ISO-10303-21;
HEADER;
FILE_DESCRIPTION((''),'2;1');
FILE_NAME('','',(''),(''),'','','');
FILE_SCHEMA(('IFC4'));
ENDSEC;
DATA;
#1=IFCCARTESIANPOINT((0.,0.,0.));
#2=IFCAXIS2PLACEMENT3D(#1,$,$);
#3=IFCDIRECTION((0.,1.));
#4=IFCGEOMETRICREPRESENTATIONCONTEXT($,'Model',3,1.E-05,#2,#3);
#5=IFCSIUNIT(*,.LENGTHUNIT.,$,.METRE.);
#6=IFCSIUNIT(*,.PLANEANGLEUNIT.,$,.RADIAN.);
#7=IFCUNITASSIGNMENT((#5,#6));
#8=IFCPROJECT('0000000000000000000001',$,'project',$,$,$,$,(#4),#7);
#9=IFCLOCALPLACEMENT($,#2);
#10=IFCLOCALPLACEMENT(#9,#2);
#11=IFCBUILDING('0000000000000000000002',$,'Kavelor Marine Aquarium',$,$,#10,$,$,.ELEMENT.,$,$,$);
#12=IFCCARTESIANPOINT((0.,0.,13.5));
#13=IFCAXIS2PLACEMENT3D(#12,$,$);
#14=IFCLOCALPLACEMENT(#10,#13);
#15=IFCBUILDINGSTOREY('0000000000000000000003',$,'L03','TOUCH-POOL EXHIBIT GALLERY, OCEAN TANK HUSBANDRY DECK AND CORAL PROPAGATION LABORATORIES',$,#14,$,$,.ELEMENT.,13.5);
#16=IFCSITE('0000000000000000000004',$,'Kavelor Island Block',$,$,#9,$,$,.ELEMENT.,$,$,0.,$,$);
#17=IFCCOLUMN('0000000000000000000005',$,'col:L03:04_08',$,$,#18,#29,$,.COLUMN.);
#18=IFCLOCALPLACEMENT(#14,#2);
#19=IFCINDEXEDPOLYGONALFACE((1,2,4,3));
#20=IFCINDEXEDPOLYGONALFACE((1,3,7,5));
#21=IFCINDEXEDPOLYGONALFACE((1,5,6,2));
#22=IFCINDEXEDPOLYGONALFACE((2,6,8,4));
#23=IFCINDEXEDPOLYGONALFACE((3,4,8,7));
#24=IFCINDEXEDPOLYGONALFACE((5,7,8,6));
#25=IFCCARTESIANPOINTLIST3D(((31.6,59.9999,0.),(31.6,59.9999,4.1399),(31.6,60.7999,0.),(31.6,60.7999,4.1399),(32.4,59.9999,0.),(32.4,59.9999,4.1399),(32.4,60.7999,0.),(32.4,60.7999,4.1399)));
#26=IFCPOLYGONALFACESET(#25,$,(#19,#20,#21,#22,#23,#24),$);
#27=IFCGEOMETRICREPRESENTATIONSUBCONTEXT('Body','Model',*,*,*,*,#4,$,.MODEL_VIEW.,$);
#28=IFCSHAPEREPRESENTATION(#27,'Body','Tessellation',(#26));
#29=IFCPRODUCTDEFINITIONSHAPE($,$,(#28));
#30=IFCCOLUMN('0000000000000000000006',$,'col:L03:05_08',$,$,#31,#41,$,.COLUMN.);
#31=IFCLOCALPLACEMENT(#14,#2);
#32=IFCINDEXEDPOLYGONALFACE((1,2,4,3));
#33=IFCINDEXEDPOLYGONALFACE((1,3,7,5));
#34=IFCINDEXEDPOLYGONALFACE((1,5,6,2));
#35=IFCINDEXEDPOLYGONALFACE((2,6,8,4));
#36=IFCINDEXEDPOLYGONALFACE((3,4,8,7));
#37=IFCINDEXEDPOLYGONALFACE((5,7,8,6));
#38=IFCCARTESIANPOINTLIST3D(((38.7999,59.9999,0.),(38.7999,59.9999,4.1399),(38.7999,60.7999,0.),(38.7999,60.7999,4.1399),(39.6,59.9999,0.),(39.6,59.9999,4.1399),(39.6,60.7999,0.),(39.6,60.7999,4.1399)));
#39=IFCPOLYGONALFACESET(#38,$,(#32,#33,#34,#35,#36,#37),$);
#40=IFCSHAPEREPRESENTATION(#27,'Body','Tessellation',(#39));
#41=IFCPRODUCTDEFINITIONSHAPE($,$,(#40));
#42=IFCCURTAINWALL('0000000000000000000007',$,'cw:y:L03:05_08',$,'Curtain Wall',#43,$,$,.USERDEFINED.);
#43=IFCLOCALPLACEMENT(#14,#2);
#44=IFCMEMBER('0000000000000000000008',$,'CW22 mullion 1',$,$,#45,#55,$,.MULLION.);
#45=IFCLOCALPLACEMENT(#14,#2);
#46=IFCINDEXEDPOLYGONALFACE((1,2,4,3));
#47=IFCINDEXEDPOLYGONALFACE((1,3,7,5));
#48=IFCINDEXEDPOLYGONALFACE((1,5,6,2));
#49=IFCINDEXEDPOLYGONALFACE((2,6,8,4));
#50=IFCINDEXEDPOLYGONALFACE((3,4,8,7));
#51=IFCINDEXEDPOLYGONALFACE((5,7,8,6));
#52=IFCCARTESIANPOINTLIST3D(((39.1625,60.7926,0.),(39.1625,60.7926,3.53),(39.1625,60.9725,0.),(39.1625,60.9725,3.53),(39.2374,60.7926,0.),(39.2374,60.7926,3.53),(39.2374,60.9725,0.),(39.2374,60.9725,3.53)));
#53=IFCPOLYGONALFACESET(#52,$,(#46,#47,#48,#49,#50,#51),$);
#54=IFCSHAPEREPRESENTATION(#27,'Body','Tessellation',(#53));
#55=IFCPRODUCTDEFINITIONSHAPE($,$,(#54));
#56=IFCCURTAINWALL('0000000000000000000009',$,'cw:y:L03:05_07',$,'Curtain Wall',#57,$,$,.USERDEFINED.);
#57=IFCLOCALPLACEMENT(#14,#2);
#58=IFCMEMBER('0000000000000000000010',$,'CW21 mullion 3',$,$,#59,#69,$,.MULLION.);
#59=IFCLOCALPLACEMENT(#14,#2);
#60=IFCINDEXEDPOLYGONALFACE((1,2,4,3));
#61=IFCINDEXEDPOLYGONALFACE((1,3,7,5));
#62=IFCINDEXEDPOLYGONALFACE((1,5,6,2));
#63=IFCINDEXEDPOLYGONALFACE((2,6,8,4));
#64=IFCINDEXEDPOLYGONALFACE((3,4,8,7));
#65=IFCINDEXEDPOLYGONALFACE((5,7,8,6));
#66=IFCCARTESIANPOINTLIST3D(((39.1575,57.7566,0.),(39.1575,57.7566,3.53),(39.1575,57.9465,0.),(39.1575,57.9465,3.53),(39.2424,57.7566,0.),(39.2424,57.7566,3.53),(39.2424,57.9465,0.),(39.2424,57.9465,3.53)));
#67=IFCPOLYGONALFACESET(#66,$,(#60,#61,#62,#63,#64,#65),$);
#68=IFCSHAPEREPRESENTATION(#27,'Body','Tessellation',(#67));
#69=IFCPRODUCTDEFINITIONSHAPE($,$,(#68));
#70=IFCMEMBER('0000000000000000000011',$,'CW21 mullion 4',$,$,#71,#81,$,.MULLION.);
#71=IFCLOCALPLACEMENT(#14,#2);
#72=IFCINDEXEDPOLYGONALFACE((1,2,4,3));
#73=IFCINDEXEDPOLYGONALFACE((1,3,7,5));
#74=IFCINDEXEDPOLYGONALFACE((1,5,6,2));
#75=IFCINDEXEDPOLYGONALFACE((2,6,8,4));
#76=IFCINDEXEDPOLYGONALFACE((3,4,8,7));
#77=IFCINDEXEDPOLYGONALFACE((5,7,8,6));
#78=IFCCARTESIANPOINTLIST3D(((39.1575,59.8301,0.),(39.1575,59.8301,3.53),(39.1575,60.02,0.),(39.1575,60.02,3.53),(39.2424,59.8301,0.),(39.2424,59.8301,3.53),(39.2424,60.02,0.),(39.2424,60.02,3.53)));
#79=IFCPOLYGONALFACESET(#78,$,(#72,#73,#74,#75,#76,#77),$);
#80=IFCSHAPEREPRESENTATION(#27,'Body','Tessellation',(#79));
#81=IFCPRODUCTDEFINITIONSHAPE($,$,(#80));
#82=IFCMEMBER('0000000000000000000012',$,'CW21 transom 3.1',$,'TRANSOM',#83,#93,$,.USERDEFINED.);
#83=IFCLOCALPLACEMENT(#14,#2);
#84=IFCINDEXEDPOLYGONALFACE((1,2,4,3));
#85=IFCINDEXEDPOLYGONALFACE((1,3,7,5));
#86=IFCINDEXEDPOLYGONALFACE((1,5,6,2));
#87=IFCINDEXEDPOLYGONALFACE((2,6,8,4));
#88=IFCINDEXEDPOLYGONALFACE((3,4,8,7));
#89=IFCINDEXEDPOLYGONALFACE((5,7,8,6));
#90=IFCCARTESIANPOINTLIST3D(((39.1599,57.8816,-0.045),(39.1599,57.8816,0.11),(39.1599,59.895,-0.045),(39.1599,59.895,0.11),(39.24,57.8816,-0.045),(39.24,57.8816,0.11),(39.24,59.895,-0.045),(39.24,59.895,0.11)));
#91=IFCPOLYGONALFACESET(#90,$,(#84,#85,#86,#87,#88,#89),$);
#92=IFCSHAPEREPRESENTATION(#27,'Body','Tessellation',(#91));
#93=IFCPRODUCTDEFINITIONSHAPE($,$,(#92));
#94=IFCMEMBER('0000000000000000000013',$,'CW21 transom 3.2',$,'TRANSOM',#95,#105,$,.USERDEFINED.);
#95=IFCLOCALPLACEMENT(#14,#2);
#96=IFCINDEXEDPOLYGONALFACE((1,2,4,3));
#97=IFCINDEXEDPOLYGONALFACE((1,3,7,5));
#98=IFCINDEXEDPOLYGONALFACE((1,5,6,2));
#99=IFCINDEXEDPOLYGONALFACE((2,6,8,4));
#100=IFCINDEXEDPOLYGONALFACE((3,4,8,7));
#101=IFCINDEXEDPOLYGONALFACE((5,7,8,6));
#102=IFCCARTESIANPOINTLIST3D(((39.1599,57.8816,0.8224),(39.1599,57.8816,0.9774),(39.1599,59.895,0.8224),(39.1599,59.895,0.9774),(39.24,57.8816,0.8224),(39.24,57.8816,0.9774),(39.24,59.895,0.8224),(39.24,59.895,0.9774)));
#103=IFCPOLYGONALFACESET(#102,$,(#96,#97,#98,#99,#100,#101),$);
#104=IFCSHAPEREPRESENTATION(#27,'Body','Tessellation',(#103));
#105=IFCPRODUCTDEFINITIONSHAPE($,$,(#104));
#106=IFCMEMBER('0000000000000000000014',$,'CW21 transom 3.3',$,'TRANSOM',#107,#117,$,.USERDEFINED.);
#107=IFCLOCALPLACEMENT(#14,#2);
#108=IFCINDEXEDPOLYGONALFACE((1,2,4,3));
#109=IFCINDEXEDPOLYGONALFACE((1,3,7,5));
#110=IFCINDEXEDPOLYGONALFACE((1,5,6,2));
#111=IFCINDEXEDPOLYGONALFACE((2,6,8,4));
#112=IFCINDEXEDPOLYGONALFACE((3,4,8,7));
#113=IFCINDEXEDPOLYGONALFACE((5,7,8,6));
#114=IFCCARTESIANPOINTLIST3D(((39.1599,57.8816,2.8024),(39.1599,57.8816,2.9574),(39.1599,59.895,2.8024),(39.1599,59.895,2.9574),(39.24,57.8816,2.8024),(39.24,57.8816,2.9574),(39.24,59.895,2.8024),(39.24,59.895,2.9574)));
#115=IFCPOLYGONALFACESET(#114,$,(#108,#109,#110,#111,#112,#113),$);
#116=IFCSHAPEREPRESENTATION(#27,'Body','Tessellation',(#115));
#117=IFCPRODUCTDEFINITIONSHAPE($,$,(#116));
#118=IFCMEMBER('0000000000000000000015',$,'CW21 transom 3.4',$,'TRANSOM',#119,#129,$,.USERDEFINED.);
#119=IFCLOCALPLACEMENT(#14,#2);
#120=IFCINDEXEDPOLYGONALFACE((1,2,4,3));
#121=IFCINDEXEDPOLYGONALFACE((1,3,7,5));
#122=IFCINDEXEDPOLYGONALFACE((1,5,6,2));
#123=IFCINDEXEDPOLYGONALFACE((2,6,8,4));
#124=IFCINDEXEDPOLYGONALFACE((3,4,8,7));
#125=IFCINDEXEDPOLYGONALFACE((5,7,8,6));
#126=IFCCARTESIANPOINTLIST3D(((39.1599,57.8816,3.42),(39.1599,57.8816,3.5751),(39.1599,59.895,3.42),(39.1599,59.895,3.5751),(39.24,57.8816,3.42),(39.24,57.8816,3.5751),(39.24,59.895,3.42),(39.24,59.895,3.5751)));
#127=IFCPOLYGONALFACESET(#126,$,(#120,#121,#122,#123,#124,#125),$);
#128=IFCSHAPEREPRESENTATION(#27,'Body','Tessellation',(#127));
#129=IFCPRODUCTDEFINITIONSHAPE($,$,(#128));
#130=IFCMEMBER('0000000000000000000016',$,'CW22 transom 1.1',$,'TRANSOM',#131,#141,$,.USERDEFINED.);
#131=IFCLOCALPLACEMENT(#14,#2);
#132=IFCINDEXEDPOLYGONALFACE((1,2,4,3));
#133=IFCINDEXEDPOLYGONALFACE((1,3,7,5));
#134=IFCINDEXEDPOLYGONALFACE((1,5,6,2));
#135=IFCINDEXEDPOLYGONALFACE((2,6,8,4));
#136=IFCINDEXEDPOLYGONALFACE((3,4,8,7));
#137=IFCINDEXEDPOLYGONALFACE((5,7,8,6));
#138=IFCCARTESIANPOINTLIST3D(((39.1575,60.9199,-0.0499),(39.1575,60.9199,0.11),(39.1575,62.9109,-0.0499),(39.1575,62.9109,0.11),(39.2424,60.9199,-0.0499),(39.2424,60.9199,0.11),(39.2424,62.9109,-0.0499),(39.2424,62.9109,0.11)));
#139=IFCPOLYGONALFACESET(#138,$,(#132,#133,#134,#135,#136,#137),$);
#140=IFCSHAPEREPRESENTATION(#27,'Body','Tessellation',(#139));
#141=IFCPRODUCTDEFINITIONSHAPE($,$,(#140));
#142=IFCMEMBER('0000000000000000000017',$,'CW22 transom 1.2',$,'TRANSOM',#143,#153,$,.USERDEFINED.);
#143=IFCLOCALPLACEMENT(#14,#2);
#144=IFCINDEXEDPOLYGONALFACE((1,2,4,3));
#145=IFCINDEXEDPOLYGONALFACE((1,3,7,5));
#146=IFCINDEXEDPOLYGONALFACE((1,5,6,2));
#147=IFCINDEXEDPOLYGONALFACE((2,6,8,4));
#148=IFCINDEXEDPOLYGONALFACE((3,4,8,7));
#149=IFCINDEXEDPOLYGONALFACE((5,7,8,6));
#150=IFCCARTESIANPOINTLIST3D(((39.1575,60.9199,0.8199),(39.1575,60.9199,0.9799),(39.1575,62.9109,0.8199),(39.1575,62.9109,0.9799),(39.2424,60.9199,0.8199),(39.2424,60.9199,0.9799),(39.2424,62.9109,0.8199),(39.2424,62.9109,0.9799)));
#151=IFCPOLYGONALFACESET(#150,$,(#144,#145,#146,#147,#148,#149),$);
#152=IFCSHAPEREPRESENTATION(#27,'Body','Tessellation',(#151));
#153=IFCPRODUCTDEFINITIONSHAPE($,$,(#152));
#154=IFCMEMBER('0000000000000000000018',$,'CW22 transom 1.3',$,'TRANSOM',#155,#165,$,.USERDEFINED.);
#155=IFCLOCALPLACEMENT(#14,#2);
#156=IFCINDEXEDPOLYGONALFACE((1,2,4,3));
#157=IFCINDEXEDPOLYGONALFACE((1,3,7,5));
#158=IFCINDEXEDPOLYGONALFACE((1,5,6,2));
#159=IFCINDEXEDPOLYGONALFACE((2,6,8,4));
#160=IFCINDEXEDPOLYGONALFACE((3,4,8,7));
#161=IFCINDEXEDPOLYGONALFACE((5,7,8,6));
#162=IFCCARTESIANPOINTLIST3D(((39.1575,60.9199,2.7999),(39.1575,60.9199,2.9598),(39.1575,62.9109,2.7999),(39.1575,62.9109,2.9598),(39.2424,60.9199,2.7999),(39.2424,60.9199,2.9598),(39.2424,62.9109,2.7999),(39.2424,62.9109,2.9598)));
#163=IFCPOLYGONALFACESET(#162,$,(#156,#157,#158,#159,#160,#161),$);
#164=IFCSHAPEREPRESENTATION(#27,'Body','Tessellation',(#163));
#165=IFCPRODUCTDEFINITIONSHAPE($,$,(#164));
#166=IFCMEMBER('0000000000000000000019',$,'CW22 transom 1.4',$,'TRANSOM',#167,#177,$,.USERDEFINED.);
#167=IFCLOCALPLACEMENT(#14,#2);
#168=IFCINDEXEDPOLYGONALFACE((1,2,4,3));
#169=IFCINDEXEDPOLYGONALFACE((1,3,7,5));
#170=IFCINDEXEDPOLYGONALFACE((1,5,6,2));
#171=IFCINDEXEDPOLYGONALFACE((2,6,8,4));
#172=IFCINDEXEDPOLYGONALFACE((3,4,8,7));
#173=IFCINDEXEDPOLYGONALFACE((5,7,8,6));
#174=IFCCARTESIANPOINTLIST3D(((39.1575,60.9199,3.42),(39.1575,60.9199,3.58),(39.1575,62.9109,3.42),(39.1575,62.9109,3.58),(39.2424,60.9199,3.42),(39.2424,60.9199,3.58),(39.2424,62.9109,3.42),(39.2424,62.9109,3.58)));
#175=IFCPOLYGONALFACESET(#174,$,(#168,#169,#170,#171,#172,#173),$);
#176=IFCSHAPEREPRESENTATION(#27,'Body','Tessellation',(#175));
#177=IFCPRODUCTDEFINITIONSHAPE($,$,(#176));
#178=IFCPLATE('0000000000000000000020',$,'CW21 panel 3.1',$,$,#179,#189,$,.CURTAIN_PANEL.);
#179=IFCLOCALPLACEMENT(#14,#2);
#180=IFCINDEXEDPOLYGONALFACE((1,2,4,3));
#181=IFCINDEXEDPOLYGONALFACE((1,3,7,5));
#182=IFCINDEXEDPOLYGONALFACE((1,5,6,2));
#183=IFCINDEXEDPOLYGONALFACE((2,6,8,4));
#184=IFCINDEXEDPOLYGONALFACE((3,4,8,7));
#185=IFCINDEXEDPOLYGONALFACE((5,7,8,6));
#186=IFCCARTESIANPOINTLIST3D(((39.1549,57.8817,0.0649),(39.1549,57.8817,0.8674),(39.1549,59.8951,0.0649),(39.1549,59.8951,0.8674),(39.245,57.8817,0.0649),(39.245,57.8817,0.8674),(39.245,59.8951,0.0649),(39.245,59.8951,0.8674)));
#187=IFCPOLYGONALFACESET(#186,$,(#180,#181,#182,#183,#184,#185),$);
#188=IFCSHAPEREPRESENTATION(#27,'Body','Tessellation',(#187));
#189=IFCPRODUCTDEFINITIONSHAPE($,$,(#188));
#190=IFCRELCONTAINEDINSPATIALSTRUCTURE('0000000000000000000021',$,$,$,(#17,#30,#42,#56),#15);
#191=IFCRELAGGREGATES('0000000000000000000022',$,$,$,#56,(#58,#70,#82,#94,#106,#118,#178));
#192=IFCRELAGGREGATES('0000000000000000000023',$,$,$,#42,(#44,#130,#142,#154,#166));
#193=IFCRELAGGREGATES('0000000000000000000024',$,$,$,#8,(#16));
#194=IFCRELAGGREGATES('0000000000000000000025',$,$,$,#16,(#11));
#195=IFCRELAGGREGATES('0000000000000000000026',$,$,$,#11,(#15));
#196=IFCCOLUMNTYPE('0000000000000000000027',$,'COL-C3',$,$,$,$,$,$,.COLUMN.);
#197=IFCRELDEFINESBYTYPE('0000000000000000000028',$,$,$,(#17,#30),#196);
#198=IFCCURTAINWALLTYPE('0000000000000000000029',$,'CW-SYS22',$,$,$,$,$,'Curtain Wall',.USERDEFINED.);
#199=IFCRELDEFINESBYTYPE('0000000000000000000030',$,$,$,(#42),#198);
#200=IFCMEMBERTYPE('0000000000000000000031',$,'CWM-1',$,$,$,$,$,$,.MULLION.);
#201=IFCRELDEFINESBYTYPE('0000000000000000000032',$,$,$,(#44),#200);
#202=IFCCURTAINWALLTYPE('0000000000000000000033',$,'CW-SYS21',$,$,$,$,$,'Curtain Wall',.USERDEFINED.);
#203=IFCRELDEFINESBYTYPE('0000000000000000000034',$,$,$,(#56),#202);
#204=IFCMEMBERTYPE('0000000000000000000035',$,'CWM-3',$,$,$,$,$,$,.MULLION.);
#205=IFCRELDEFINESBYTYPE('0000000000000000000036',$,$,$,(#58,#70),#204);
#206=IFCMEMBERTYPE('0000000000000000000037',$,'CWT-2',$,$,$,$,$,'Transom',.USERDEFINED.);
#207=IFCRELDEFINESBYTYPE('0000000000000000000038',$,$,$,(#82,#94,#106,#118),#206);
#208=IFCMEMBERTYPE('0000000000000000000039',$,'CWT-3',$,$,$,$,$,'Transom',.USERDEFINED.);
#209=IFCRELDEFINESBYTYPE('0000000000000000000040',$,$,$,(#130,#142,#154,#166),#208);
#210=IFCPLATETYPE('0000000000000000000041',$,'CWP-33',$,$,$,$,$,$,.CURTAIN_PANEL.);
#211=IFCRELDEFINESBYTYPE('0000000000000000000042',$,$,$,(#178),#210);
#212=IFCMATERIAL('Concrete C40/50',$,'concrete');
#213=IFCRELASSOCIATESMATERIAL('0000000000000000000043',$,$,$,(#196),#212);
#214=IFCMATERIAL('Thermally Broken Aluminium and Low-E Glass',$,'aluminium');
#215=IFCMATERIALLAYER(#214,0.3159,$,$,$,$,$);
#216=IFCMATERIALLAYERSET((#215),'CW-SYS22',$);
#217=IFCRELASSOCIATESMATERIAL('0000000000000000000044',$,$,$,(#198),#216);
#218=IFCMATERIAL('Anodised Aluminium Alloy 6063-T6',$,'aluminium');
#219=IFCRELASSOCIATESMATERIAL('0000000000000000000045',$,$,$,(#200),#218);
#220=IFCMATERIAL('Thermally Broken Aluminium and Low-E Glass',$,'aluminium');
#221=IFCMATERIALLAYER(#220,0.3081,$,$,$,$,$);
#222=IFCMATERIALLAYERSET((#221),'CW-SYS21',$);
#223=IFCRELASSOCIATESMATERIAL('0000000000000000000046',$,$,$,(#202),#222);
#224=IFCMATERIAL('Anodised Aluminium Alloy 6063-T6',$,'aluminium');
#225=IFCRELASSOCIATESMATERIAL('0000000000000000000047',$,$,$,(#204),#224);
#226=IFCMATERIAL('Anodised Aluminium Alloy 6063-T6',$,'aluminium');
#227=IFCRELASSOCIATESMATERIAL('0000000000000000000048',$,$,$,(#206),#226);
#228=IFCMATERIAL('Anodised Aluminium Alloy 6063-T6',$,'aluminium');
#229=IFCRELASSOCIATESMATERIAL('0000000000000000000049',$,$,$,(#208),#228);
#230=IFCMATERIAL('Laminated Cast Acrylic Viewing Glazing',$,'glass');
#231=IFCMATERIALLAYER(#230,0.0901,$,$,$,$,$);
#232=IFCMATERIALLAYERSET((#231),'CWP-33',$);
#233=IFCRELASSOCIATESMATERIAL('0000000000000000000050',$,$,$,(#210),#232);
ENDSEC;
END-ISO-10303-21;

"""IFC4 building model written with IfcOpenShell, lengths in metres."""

from ifc_helpers import new_model, si_unit, direction, frame, origin, origin_2d, place, context, subcontext, project, spatial, rectangle, extrude, material, layer, layer_set, material_profile, profile_set, type_object, element, aggregate, save


model = new_model("IFC4")

# Units and contexts
model_context = context("Model", 3, precision=1e-05, world=origin(), true_north=direction((0.0, 1.0)))
body_context = subcontext(model_context, "Body", "Model", "MODEL_VIEW")
ifc_project = project(units=[si_unit("LENGTHUNIT", "METRE"), si_unit("PLANEANGLEUNIT", "RADIAN")], contexts=[model_context])

# Site, building, storey
site_placement = place(None, origin())
site = spatial("IfcSite", under=ifc_project, at=site_placement, Name="Kavelor Island Block", CompositionType="ELEMENT", RefElevation=0.0)
building_placement = place(site_placement, origin())
building = spatial("IfcBuilding", under=site, at=building_placement, Name="Kavelor Marine Aquarium", CompositionType="ELEMENT")
storey_placement = place(building_placement, frame((0.0, 0.0, 13.5)))
storey = spatial("IfcBuildingStorey", under=building, at=storey_placement, Name="L03", Description="TOUCH-POOL EXHIBIT GALLERY, OCEAN TANK HUSBANDRY DECK AND CORAL PROPAGATION LABORATORIES", CompositionType="ELEMENT", Elevation=13.5)

# Columns
ifc_material_1 = material(Name="Concrete C40/50", Category="concrete")
ifc_material_profile_1 = material_profile(ifc_material_1, rectangle(XDim=0.8, YDim=0.8, at=origin_2d()), Name="RC-COL 800x800")
ifc_profile_set_1 = profile_set([ifc_material_profile_1], Name="Concrete C40/50")
column_type = type_object("IfcColumnType", Name="COL-C3", PredefinedType="COLUMN", material=ifc_profile_set_1)
for number, where, z_axis, x_axis, name in (
    (1, (32.0, 60.3999, 0.0), (0.0, 0.0, 1.0), (1.0, 0.0, 0.0), "col:L03:04_08"),
    (2, (39.2, 60.3999, 0.0), (0.0, 0.0, 1.0), (1.0, 0.0, 0.0), "col:L03:05_08"),
):
    element("IfcColumn", number, at=place(storey_placement, frame(where, z_axis=z_axis, x_axis=x_axis)), inside=storey, type_object=column_type, Name=name, PredefinedType="COLUMN", context=body_context, shape_type="SweptSolid", body=[
        extrude(rectangle(XDim=0.8, YDim=0.8, at=origin_2d()), origin(), (0.0, 0.0, 1.0), 4.1399),
    ])

# Curtain wall, member
ifc_material_2 = material(Name="Thermally Broken Aluminium and Low-E Glass", Category="aluminium")
ifc_layer_1 = layer(ifc_material_2, 0.3159)
ifc_layer_set_1 = layer_set([ifc_layer_1], Name="CW-SYS22")
curtain_wall_type_1 = type_object("IfcCurtainWallType", Name="CW-SYS22", ElementType="Curtain Wall", PredefinedType="USERDEFINED", material=ifc_layer_set_1)
curtain_wall_1_placement = place(storey_placement, origin())
curtain_wall_1 = element("IfcCurtainWall", 3, at=curtain_wall_1_placement, inside=storey, type_object=curtain_wall_type_1, Name="cw:y:L03:05_08", ObjectType="Curtain Wall", PredefinedType="USERDEFINED")
ifc_material_3 = material(Name="Anodised Aluminium Alloy 6063-T6", Category="aluminium")
ifc_material_profile_2 = material_profile(ifc_material_3, rectangle(XDim=0.075, YDim=0.1799, at=origin_2d()), Name="CW-MUL 75x180")
ifc_profile_set_2 = profile_set([ifc_material_profile_2], Name="Anodised Aluminium Alloy 6063-T6")
member_type_1 = type_object("IfcMemberType", Name="CWM-1", PredefinedType="MULLION", material=ifc_profile_set_2)
member_1_placement = place(storey_placement, frame((39.2, 60.8826, 0.0), z_axis=(0.0, 0.0, 1.0), x_axis=(-1.0, 0.0, 0.0)))
member_1 = element("IfcMember", 4, at=member_1_placement, type_object=member_type_1, Name="CW22 mullion 1", PredefinedType="MULLION", context=body_context, shape_type="SweptSolid", body=[
    extrude(rectangle(XDim=0.075, YDim=0.1799, at=origin_2d()), origin(), (0.0, 0.0, 1.0), 3.53),
])

# Curtain wall, members
ifc_material_4 = material(Name="Thermally Broken Aluminium and Low-E Glass", Category="aluminium")
ifc_layer_2 = layer(ifc_material_4, 0.3081)
ifc_layer_set_2 = layer_set([ifc_layer_2], Name="CW-SYS21")
curtain_wall_type_2 = type_object("IfcCurtainWallType", Name="CW-SYS21", ElementType="Curtain Wall", PredefinedType="USERDEFINED", material=ifc_layer_set_2)
curtain_wall_2_placement = place(storey_placement, origin())
curtain_wall_2 = element("IfcCurtainWall", 5, at=curtain_wall_2_placement, inside=storey, type_object=curtain_wall_type_2, Name="cw:y:L03:05_07", ObjectType="Curtain Wall", PredefinedType="USERDEFINED")
ifc_material_5 = material(Name="Anodised Aluminium Alloy 6063-T6", Category="aluminium")
ifc_material_profile_3 = material_profile(ifc_material_5, rectangle(XDim=0.085, YDim=0.1899, at=origin_2d()), Name="CW-MUL 85x190")
ifc_profile_set_3 = profile_set([ifc_material_profile_3], Name="Anodised Aluminium Alloy 6063-T6")
member_type_2 = type_object("IfcMemberType", Name="CWM-3", PredefinedType="MULLION", material=ifc_profile_set_3)
member_2_placement = place(storey_placement, frame((39.2, 57.8516, 0.0), z_axis=(0.0, 0.0, 1.0), x_axis=(-1.0, 0.0, 0.0)))
member_2 = element("IfcMember", 6, at=member_2_placement, type_object=member_type_2, Name="CW21 mullion 3", PredefinedType="MULLION", context=body_context, shape_type="SweptSolid", body=[
    extrude(rectangle(XDim=0.085, YDim=0.1899, at=origin_2d()), origin(), (0.0, 0.0, 1.0), 3.53),
])
member_3_placement = place(storey_placement, frame((39.2, 59.925, 0.0), z_axis=(0.0, 0.0, 1.0), x_axis=(-1.0, 0.0, 0.0)))
member_3 = element("IfcMember", 7, at=member_3_placement, type_object=member_type_2, Name="CW21 mullion 4", PredefinedType="MULLION", context=body_context, shape_type="SweptSolid", body=[
    extrude(rectangle(XDim=0.085, YDim=0.1899, at=origin_2d()), origin(), (0.0, 0.0, 1.0), 3.53),
])
ifc_material_6 = material(Name="Anodised Aluminium Alloy 6063-T6", Category="aluminium")
ifc_material_profile_4 = material_profile(ifc_material_6, rectangle(XDim=0.0801, YDim=0.155, at=origin_2d()), Name="CW-TRN 80x155")
ifc_profile_set_4 = profile_set([ifc_material_profile_4], Name="Anodised Aluminium Alloy 6063-T6")
member_type_3 = type_object("IfcMemberType", Name="CWT-2", ElementType="Transom", PredefinedType="USERDEFINED", material=ifc_profile_set_4)
member_4_placement = place(storey_placement, frame((39.2, 57.8816, 0.0325), z_axis=(0.0, 1.0, 0.0), x_axis=(-1.0, 0.0, 0.0)))
member_4 = element("IfcMember", 8, at=member_4_placement, type_object=member_type_3, Name="CW21 transom 3.1", ObjectType="TRANSOM", PredefinedType="USERDEFINED", context=body_context, shape_type="SweptSolid", body=[
    extrude(rectangle(XDim=0.0801, YDim=0.155, at=origin_2d()), origin(), (0.0, 0.0, 1.0), 2.0134),
])
member_5_placement = place(storey_placement, frame((39.2, 57.8816, 0.8999), z_axis=(0.0, 1.0, 0.0), x_axis=(-1.0, 0.0, 0.0)))
member_5 = element("IfcMember", 9, at=member_5_placement, type_object=member_type_3, Name="CW21 transom 3.2", ObjectType="TRANSOM", PredefinedType="USERDEFINED", context=body_context, shape_type="SweptSolid", body=[
    extrude(rectangle(XDim=0.0801, YDim=0.155, at=origin_2d()), origin(), (0.0, 0.0, 1.0), 2.0134),
])
member_6_placement = place(storey_placement, frame((39.2, 57.8816, 2.8799), z_axis=(0.0, 1.0, 0.0), x_axis=(-1.0, 0.0, 0.0)))
member_6 = element("IfcMember", 10, at=member_6_placement, type_object=member_type_3, Name="CW21 transom 3.3", ObjectType="TRANSOM", PredefinedType="USERDEFINED", context=body_context, shape_type="SweptSolid", body=[
    extrude(rectangle(XDim=0.0801, YDim=0.155, at=origin_2d()), origin(), (0.0, 0.0, 1.0), 2.0134),
])
member_7_placement = place(storey_placement, frame((39.2, 57.8816, 3.4976), z_axis=(0.0, 1.0, 0.0), x_axis=(-1.0, 0.0, 0.0)))
member_7 = element("IfcMember", 11, at=member_7_placement, type_object=member_type_3, Name="CW21 transom 3.4", ObjectType="TRANSOM", PredefinedType="USERDEFINED", context=body_context, shape_type="SweptSolid", body=[
    extrude(rectangle(XDim=0.0801, YDim=0.155, at=origin_2d()), origin(), (0.0, 0.0, 1.0), 2.0134),
])

# Members
ifc_material_7 = material(Name="Anodised Aluminium Alloy 6063-T6", Category="aluminium")
ifc_material_profile_5 = material_profile(ifc_material_7, rectangle(XDim=0.085, YDim=0.1599, at=origin_2d()), Name="CW-TRN 85x160")
ifc_profile_set_5 = profile_set([ifc_material_profile_5], Name="Anodised Aluminium Alloy 6063-T6")
member_type_4 = type_object("IfcMemberType", Name="CWT-3", ElementType="Transom", PredefinedType="USERDEFINED", material=ifc_profile_set_5)
member_8_placement = place(storey_placement, frame((39.2, 60.9199, 0.03), z_axis=(0.0, 1.0, 0.0), x_axis=(-1.0, 0.0, 0.0)))
member_8 = element("IfcMember", 12, at=member_8_placement, type_object=member_type_4, Name="CW22 transom 1.1", ObjectType="TRANSOM", PredefinedType="USERDEFINED", context=body_context, shape_type="SweptSolid", body=[
    extrude(rectangle(XDim=0.085, YDim=0.1599, at=origin_2d()), origin(), (0.0, 0.0, 1.0), 1.991),
])
member_9_placement = place(storey_placement, frame((39.2, 60.9199, 0.8999), z_axis=(0.0, 1.0, 0.0), x_axis=(-1.0, 0.0, 0.0)))
member_9 = element("IfcMember", 13, at=member_9_placement, type_object=member_type_4, Name="CW22 transom 1.2", ObjectType="TRANSOM", PredefinedType="USERDEFINED", context=body_context, shape_type="SweptSolid", body=[
    extrude(rectangle(XDim=0.085, YDim=0.1599, at=origin_2d()), origin(), (0.0, 0.0, 1.0), 1.991),
])
member_10_placement = place(storey_placement, frame((39.2, 60.9199, 2.8799), z_axis=(0.0, 1.0, 0.0), x_axis=(-1.0, 0.0, 0.0)))
member_10 = element("IfcMember", 14, at=member_10_placement, type_object=member_type_4, Name="CW22 transom 1.3", ObjectType="TRANSOM", PredefinedType="USERDEFINED", context=body_context, shape_type="SweptSolid", body=[
    extrude(rectangle(XDim=0.085, YDim=0.1599, at=origin_2d()), origin(), (0.0, 0.0, 1.0), 1.991),
])
member_11_placement = place(storey_placement, frame((39.2, 60.9199, 3.5), z_axis=(0.0, 1.0, 0.0), x_axis=(-1.0, 0.0, 0.0)))
member_11 = element("IfcMember", 15, at=member_11_placement, type_object=member_type_4, Name="CW22 transom 1.4", ObjectType="TRANSOM", PredefinedType="USERDEFINED", context=body_context, shape_type="SweptSolid", body=[
    extrude(rectangle(XDim=0.085, YDim=0.1599, at=origin_2d()), origin(), (0.0, 0.0, 1.0), 1.991),
])

# Plate
ifc_material_8 = material(Name="Laminated Cast Acrylic Viewing Glazing", Category="glass")
ifc_layer_3 = layer(ifc_material_8, 0.0901)
ifc_layer_set_3 = layer_set([ifc_layer_3], Name="CWP-33")
plate_type_1 = type_object("IfcPlateType", Name="CWP-33", PredefinedType="CURTAIN_PANEL", material=ifc_layer_set_3)
plate_1_placement = place(storey_placement, frame((39.2, 58.8884, 0.0649), z_axis=(0.0, 0.0, 1.0), x_axis=(0.0, 1.0, 0.0)))
plate_1 = element("IfcPlate", 16, at=plate_1_placement, type_object=plate_type_1, Name="CW21 panel 3.1", PredefinedType="CURTAIN_PANEL", context=body_context, shape_type="SweptSolid", body=[
    extrude(rectangle(XDim=2.0134, YDim=0.0901, at=origin_2d()), origin(), (0.0, 0.0, 1.0), 0.8025),
])
aggregate(curtain_wall_2, [member_2, member_3, member_4, member_5, member_6, member_7, plate_1])
aggregate(curtain_wall_1, [member_1, member_8, member_9, member_10, member_11])

save(model, "model.ifc")
